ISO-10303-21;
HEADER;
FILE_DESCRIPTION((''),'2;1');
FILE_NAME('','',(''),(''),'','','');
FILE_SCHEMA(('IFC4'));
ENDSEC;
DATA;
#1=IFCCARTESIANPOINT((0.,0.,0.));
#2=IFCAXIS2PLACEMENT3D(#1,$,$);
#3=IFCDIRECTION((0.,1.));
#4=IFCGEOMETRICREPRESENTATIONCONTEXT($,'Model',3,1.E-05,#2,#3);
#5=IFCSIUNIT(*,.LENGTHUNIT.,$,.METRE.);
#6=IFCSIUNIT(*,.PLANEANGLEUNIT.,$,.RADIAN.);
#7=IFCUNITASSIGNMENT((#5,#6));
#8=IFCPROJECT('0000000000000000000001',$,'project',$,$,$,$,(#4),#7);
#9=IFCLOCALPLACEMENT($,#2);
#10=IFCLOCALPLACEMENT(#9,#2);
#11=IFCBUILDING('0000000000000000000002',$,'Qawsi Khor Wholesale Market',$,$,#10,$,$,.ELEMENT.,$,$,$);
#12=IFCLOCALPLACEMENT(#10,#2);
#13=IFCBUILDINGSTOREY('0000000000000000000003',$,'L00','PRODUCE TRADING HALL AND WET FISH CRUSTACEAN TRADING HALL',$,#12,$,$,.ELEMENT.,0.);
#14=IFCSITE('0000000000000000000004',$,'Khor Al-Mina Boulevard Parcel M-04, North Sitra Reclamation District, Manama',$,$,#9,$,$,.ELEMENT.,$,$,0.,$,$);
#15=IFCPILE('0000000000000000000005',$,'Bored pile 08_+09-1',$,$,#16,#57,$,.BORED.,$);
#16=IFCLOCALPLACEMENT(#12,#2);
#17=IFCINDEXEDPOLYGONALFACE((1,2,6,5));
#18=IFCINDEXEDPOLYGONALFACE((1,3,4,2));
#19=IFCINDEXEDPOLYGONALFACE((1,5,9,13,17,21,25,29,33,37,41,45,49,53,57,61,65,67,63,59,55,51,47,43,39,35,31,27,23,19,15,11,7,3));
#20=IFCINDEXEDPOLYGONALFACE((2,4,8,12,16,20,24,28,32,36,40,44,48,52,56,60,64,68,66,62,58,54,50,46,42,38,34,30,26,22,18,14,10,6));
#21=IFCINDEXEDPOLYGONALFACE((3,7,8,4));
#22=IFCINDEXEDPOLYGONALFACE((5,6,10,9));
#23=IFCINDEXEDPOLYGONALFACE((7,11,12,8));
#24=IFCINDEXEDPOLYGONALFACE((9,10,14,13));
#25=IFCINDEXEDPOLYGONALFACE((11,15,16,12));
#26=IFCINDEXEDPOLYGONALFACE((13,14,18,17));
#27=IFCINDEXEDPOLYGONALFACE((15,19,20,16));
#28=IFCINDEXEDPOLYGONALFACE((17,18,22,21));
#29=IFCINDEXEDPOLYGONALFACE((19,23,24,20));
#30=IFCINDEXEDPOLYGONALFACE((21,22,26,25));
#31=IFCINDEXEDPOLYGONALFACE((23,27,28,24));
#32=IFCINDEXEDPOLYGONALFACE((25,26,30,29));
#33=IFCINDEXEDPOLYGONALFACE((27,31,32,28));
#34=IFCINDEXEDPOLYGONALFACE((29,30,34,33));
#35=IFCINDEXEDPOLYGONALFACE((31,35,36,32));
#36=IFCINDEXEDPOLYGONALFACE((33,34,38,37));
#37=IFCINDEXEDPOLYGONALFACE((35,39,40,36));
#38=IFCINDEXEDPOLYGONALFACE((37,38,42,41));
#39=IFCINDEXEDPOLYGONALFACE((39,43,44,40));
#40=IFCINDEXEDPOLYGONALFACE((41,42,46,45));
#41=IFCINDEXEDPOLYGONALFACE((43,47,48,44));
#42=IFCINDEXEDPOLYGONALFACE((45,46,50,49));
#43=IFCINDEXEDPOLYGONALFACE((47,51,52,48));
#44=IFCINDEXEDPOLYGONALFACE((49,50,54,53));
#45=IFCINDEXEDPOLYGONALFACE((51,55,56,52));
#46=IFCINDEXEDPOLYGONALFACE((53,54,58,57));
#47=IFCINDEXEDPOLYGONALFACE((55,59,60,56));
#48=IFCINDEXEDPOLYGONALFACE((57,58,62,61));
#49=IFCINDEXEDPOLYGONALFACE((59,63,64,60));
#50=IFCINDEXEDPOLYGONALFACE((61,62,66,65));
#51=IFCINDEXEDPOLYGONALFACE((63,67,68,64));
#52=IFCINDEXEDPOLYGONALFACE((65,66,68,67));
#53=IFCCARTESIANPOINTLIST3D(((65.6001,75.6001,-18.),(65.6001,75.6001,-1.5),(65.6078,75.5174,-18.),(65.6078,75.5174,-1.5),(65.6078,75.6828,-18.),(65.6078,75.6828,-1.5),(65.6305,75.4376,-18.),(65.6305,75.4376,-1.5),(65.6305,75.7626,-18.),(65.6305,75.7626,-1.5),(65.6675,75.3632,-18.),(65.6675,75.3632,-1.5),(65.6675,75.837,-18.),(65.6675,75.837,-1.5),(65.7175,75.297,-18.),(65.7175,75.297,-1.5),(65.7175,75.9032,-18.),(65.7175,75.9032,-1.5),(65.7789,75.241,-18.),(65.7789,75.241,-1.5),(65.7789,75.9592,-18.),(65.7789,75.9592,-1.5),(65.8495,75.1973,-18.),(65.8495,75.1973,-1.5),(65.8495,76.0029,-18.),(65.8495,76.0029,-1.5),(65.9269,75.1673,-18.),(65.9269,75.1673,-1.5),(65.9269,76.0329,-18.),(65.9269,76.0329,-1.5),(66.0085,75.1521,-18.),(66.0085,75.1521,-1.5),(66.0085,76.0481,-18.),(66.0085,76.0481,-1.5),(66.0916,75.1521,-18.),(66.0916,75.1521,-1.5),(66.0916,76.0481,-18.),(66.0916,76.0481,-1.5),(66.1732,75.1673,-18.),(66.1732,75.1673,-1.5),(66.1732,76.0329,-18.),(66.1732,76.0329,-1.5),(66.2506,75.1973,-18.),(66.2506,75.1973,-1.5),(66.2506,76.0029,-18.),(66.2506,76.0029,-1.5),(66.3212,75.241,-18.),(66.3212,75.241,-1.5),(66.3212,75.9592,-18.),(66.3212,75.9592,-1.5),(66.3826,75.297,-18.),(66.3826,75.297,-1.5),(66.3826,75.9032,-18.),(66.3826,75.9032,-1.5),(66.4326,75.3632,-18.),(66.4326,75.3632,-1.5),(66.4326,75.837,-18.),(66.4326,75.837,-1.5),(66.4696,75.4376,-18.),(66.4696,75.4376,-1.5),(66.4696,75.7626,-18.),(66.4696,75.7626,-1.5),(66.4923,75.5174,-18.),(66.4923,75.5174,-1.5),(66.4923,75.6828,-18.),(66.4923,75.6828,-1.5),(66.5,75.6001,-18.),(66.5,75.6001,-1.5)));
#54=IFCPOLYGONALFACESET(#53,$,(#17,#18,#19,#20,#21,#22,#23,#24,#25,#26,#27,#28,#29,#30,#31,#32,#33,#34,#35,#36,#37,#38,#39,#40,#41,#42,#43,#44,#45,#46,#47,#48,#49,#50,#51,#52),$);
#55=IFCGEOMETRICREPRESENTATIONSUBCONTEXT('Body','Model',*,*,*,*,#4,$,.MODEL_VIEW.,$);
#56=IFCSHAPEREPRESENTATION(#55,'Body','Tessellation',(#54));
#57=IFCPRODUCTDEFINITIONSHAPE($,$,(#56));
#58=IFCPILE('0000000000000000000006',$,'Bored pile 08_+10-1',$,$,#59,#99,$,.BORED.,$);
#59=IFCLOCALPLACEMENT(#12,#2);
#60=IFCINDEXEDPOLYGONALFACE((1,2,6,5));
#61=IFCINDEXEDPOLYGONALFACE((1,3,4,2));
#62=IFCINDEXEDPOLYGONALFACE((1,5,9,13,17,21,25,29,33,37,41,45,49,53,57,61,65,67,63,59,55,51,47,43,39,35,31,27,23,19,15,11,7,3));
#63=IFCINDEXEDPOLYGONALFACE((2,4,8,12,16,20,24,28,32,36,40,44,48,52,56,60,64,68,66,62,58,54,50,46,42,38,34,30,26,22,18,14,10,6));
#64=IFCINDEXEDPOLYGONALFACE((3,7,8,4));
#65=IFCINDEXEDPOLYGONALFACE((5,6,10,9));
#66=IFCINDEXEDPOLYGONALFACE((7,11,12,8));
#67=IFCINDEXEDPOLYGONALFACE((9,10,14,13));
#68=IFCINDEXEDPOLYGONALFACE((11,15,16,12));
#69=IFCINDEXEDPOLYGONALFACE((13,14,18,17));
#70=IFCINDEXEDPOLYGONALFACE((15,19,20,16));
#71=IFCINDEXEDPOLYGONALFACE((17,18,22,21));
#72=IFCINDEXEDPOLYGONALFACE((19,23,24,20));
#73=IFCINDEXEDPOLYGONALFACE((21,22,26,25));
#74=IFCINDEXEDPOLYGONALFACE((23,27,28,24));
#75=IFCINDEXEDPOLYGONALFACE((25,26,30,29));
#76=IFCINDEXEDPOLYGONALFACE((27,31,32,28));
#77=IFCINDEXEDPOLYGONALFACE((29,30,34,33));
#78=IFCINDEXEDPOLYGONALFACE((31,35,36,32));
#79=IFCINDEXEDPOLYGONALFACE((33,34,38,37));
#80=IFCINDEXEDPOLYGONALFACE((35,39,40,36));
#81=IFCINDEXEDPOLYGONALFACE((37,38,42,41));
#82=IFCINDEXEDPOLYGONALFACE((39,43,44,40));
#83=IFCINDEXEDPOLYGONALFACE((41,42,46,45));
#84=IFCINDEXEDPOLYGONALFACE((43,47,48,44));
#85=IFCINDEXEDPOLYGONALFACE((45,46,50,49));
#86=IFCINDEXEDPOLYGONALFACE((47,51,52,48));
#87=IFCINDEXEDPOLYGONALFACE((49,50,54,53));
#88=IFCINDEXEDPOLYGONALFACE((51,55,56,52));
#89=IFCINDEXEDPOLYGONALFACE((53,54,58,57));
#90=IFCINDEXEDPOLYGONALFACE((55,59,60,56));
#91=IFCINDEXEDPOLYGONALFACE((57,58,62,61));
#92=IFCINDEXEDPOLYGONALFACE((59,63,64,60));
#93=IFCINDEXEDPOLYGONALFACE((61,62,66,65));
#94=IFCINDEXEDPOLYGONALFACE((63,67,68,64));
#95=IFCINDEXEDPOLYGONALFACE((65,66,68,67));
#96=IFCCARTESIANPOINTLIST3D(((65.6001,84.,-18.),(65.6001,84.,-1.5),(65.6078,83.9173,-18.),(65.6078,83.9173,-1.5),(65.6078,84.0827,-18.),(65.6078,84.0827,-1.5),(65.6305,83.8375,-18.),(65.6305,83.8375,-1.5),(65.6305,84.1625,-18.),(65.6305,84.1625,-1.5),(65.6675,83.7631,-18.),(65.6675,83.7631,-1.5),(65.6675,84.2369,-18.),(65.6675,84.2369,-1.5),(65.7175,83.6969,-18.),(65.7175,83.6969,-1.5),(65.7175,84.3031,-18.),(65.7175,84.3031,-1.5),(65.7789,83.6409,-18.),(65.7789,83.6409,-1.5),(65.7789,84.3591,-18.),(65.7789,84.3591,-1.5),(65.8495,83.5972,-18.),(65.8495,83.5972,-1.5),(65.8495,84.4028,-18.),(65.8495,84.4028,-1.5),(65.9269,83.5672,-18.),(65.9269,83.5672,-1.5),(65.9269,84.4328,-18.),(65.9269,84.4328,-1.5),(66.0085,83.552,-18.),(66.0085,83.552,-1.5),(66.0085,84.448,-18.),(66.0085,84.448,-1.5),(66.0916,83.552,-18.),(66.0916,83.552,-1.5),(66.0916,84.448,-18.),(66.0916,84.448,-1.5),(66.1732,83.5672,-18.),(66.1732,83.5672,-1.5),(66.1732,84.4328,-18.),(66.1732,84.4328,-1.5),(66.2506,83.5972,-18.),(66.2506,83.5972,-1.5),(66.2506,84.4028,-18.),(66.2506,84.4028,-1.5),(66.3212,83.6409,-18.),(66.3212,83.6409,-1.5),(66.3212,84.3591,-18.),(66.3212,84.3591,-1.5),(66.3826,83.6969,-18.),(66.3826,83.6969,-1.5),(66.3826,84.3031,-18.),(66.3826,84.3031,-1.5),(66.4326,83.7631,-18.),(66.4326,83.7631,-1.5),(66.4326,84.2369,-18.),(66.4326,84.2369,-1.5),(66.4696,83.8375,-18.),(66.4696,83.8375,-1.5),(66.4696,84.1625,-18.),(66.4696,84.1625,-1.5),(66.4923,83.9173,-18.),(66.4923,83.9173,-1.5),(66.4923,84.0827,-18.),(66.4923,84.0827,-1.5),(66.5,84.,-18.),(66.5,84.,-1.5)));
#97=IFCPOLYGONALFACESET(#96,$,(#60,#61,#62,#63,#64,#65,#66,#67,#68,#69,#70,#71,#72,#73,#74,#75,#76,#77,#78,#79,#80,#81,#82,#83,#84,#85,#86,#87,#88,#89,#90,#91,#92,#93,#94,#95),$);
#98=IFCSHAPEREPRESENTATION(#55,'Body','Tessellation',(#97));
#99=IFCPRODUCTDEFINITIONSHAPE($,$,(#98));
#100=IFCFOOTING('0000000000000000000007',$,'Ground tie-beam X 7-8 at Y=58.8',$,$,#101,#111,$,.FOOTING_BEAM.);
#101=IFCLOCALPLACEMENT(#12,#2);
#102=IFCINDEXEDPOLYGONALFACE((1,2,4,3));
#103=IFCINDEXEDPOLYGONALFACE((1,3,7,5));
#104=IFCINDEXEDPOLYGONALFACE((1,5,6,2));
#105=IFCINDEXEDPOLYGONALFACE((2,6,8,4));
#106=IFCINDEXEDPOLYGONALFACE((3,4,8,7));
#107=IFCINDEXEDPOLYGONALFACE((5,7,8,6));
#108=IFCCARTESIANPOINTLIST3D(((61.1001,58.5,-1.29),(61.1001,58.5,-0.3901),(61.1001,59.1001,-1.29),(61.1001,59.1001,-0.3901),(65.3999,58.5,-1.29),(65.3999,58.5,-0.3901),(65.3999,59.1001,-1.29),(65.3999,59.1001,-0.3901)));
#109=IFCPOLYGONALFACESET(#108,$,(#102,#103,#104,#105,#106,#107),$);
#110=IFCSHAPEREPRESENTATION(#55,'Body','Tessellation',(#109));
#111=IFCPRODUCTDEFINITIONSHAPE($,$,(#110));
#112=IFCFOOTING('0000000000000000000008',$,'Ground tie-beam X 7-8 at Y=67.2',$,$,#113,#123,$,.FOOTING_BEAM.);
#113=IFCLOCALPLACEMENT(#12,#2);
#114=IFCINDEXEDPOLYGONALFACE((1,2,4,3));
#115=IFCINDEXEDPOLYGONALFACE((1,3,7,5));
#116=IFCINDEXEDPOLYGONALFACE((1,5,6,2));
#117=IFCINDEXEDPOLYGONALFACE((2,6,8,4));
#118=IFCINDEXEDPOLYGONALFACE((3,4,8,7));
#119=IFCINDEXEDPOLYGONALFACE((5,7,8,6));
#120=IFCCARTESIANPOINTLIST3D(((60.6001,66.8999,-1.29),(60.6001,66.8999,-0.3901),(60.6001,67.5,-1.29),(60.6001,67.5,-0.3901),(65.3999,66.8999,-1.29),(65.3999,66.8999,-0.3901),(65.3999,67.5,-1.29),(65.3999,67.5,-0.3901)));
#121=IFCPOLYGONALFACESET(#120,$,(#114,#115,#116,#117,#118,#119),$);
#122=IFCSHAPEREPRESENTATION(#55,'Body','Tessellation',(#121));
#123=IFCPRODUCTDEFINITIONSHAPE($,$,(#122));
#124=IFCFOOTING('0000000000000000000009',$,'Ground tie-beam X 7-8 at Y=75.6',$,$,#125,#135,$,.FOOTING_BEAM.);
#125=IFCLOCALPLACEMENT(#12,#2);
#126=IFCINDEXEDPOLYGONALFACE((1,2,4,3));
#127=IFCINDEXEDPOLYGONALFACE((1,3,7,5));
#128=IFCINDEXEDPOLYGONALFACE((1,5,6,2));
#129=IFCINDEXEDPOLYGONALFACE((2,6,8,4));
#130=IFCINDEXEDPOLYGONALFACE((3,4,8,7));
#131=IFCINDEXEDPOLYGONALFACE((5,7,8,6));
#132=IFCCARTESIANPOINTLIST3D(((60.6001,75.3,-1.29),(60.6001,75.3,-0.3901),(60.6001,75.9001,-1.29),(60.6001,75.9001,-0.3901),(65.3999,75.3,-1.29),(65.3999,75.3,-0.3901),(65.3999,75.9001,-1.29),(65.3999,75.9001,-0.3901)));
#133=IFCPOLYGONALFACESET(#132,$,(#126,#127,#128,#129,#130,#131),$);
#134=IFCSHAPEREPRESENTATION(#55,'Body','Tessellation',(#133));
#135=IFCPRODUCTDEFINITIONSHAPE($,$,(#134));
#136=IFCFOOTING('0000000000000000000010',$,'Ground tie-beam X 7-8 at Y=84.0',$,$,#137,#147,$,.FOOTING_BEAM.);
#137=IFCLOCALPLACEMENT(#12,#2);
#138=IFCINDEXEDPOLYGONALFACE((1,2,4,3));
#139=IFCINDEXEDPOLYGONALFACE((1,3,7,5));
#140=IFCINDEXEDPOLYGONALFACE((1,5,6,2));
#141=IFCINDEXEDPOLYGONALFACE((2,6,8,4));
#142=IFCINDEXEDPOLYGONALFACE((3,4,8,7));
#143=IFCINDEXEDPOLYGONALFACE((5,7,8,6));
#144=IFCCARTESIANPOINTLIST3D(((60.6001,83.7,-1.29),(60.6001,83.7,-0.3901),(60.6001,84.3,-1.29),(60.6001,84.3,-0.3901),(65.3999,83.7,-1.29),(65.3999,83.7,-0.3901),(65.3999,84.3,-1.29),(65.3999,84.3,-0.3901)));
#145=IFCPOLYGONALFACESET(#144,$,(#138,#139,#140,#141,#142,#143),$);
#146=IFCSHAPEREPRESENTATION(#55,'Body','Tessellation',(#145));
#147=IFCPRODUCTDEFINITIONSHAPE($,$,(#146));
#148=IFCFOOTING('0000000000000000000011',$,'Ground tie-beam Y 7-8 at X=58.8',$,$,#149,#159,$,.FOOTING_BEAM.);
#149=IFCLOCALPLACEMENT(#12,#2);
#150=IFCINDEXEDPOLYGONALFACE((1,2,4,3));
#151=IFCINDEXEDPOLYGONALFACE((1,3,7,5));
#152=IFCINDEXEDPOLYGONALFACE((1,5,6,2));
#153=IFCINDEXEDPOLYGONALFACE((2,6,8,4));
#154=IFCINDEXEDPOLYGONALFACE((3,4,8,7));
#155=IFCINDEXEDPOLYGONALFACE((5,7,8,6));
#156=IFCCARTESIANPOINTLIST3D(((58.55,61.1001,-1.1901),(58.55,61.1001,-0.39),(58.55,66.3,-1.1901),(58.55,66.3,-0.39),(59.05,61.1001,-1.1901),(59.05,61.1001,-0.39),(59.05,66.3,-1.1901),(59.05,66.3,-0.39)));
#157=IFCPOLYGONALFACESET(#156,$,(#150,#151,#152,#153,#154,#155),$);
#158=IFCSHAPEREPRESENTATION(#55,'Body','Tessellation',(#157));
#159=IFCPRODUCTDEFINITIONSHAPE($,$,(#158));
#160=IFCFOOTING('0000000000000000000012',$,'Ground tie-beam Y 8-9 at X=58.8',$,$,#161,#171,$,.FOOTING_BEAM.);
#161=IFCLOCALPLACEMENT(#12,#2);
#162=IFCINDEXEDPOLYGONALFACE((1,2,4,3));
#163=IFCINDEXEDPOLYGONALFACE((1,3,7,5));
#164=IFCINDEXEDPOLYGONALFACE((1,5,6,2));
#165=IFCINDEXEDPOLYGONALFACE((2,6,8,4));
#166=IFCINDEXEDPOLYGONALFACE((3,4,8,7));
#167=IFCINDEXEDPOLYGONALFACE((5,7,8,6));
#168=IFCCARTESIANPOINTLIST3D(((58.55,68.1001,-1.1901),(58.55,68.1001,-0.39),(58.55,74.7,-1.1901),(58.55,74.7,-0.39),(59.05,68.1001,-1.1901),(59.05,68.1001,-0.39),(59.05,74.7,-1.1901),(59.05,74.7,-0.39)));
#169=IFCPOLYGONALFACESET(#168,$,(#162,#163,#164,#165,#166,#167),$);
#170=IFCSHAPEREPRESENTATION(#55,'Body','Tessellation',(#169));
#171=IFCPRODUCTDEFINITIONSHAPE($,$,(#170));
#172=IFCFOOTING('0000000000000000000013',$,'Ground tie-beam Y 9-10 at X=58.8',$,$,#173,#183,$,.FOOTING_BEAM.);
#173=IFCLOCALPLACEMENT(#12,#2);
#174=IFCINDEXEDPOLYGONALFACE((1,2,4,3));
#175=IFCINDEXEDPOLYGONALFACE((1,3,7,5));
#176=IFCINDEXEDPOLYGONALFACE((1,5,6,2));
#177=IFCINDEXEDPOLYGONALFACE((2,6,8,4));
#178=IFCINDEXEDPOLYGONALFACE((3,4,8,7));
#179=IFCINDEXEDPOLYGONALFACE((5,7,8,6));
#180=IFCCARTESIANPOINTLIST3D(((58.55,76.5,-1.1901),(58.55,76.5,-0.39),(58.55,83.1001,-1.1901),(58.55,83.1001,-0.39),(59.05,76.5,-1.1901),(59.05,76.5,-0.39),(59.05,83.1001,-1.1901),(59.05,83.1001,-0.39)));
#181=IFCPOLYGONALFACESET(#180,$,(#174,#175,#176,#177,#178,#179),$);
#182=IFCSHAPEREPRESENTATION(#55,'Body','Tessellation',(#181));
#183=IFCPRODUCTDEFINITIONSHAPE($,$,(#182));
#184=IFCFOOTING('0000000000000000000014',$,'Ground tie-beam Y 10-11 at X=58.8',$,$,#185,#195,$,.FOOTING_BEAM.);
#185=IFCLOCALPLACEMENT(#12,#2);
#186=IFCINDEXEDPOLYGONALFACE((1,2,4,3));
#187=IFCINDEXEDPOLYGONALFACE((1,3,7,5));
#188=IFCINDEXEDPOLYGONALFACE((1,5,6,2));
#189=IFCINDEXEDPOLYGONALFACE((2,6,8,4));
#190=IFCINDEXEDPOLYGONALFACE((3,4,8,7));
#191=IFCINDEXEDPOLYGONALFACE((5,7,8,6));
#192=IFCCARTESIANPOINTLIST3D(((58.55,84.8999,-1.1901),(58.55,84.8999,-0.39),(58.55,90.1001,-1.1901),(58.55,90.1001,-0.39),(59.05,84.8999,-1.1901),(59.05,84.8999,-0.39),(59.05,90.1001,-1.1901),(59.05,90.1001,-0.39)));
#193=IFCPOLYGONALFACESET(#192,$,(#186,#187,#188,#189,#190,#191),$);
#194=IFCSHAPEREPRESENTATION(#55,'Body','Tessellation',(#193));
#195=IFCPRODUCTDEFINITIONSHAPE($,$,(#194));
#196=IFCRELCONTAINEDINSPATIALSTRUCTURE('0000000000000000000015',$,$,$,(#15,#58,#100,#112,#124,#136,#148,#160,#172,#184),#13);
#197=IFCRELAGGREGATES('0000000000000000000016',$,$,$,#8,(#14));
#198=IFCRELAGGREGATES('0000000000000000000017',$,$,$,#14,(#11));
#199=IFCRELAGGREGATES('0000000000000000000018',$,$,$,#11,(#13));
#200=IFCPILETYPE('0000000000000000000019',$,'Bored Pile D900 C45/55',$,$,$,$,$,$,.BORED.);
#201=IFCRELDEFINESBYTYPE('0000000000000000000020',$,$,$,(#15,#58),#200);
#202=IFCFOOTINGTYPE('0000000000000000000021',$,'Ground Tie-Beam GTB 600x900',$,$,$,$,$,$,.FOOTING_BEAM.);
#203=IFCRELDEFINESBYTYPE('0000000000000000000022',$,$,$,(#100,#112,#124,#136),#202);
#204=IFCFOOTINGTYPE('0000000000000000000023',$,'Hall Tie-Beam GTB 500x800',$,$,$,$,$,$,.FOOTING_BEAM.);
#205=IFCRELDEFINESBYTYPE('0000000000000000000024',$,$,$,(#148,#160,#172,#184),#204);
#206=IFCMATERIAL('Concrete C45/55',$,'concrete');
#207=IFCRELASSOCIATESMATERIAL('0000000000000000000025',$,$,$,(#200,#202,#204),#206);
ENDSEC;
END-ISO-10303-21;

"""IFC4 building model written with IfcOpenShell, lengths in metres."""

from ifc_helpers import new_model, si_unit, direction, frame, origin, origin_2d, place, context, subcontext, project, spatial, rectangle, circle, extrude, material, material_profile, profile_set, type_object, element, save


model = new_model("IFC4")

# Units and contexts
model_context = context("Model", 3, precision=1e-05, world=origin(), true_north=direction((0.0, 1.0)))
body_context = subcontext(model_context, "Body", "Model", "MODEL_VIEW")
ifc_project = project(units=[si_unit("LENGTHUNIT", "METRE"), si_unit("PLANEANGLEUNIT", "RADIAN")], contexts=[model_context])

# Site, building, storey
site_placement = place(None, origin())
site = spatial("IfcSite", under=ifc_project, at=site_placement, Name="Khor Al-Mina Boulevard Parcel M-04, North Sitra Reclamation District, Manama", CompositionType="ELEMENT", RefElevation=0.0)
building_placement = place(site_placement, origin())
building = spatial("IfcBuilding", under=site, at=building_placement, Name="Qawsi Khor Wholesale Market", CompositionType="ELEMENT")
storey_placement = place(building_placement, origin())
storey = spatial("IfcBuildingStorey", under=building, at=storey_placement, Name="L00", Description="PRODUCE TRADING HALL AND WET FISH CRUSTACEAN TRADING HALL", CompositionType="ELEMENT", Elevation=0.0)

# Piles
ifc_material_1 = material(Name="Concrete C45/55", Category="concrete")
ifc_material_profile_1 = material_profile(ifc_material_1, circle(Radius=0.45, at=origin_2d()), Name="PILE D900")
ifc_profile_set_1 = profile_set([ifc_material_profile_1], Name="Concrete C45/55")
pile_type_1 = type_object("IfcPileType", Name="Bored Pile D900 C45/55", PredefinedType="BORED", material=ifc_profile_set_1)
for number, where, z_axis, x_axis, name in (
    (1, (66.05, 75.6001, -1.5), (0.0, 0.0, -1.0), (1.0, 0.0, 0.0), "Bored pile 08_+09-1"),
    (2, (66.05, 84.0, -1.5), (0.0, 0.0, -1.0), (1.0, 0.0, 0.0), "Bored pile 08_+10-1"),
):
    element("IfcPile", number, at=place(storey_placement, frame(where, z_axis=z_axis, x_axis=x_axis)), inside=storey, type_object=pile_type_1, Name=name, PredefinedType="BORED", context=body_context, shape_type="SweptSolid", body=[
        extrude(circle(Radius=0.45, at=origin_2d()), origin(), (0.0, 0.0, 1.0), 16.5),
    ])

# Footings
ifc_material_profile_2 = material_profile(ifc_material_1, rectangle(XDim=0.6001, YDim=0.8999, at=origin_2d()), Name="RC 600x900")
ifc_profile_set_2 = profile_set([ifc_material_profile_2], Name="Concrete C45/55")
footing_type_1 = type_object("IfcFootingType", Name="Ground Tie-Beam GTB 600x900", PredefinedType="FOOTING_BEAM", material=ifc_profile_set_2)
footing_1_placement = place(storey_placement, frame((61.1001, 58.8, -0.8401), z_axis=(1.0, 0.0, 0.0), x_axis=(0.0, 1.0, 0.0)))
element("IfcFooting", 3, at=footing_1_placement, inside=storey, type_object=footing_type_1, Name="Ground tie-beam X 7-8 at Y=58.8", PredefinedType="FOOTING_BEAM", context=body_context, shape_type="SweptSolid", body=[
    extrude(rectangle(XDim=0.6001, YDim=0.8999, at=origin_2d()), origin(), (0.0, 0.0, 1.0), 4.2998),
])
for number, where, z_axis, x_axis, name in (
    (4, (60.6001, 67.2, -0.8401), (1.0, 0.0, 0.0), (0.0, 1.0, 0.0), "Ground tie-beam X 7-8 at Y=67.2"),
    (5, (60.6001, 75.6001, -0.8401), (1.0, 0.0, 0.0), (0.0, 1.0, 0.0), "Ground tie-beam X 7-8 at Y=75.6"),
    (6, (60.6001, 84.0, -0.8401), (1.0, 0.0, 0.0), (0.0, 1.0, 0.0), "Ground tie-beam X 7-8 at Y=84.0"),
):
    element("IfcFooting", number, at=place(storey_placement, frame(where, z_axis=z_axis, x_axis=x_axis)), inside=storey, type_object=footing_type_1, Name=name, PredefinedType="FOOTING_BEAM", context=body_context, shape_type="SweptSolid", body=[
        extrude(rectangle(XDim=0.6001, YDim=0.8999, at=origin_2d()), origin(), (0.0, 0.0, 1.0), 4.7998),
    ])
ifc_material_profile_3 = material_profile(ifc_material_1, rectangle(XDim=0.5, YDim=0.8, at=origin_2d()), Name="RC 500x800")
ifc_profile_set_3 = profile_set([ifc_material_profile_3], Name="Concrete C45/55")
footing_type_2 = type_object("IfcFootingType", Name="Hall Tie-Beam GTB 500x800", PredefinedType="FOOTING_BEAM", material=ifc_profile_set_3)
footing_2_placement = place(storey_placement, frame((58.8, 61.1001, -0.79), z_axis=(0.0, 1.0, 0.0), x_axis=(-1.0, 0.0, 0.0)))
element("IfcFooting", 7, at=footing_2_placement, inside=storey, type_object=footing_type_2, Name="Ground tie-beam Y 7-8 at X=58.8", PredefinedType="FOOTING_BEAM", context=body_context, shape_type="SweptSolid", body=[
    extrude(rectangle(XDim=0.5, YDim=0.8, at=origin_2d()), origin(), (0.0, 0.0, 1.0), 5.2),
])
footing_3_placement = place(storey_placement, frame((58.8, 68.1001, -0.79), z_axis=(0.0, 1.0, 0.0), x_axis=(-1.0, 0.0, 0.0)))
element("IfcFooting", 8, at=footing_3_placement, inside=storey, type_object=footing_type_2, Name="Ground tie-beam Y 8-9 at X=58.8", PredefinedType="FOOTING_BEAM", context=body_context, shape_type="SweptSolid", body=[
    extrude(rectangle(XDim=0.5, YDim=0.8, at=origin_2d()), origin(), (0.0, 0.0, 1.0), 6.5999),
])
footing_4_placement = place(storey_placement, frame((58.8, 76.5, -0.79), z_axis=(0.0, 1.0, 0.0), x_axis=(-1.0, 0.0, 0.0)))
element("IfcFooting", 9, at=footing_4_placement, inside=storey, type_object=footing_type_2, Name="Ground tie-beam Y 9-10 at X=58.8", PredefinedType="FOOTING_BEAM", context=body_context, shape_type="SweptSolid", body=[
    extrude(rectangle(XDim=0.5, YDim=0.8, at=origin_2d()), origin(), (0.0, 0.0, 1.0), 6.6001),
])
footing_5_placement = place(storey_placement, frame((58.8, 84.8999, -0.79), z_axis=(0.0, 1.0, 0.0), x_axis=(-1.0, 0.0, 0.0)))
element("IfcFooting", 10, at=footing_5_placement, inside=storey, type_object=footing_type_2, Name="Ground tie-beam Y 10-11 at X=58.8", PredefinedType="FOOTING_BEAM", context=body_context, shape_type="SweptSolid", body=[
    extrude(rectangle(XDim=0.5, YDim=0.8, at=origin_2d()), origin(), (0.0, 0.0, 1.0), 5.2002),
])

save(model, "model.ifc")
